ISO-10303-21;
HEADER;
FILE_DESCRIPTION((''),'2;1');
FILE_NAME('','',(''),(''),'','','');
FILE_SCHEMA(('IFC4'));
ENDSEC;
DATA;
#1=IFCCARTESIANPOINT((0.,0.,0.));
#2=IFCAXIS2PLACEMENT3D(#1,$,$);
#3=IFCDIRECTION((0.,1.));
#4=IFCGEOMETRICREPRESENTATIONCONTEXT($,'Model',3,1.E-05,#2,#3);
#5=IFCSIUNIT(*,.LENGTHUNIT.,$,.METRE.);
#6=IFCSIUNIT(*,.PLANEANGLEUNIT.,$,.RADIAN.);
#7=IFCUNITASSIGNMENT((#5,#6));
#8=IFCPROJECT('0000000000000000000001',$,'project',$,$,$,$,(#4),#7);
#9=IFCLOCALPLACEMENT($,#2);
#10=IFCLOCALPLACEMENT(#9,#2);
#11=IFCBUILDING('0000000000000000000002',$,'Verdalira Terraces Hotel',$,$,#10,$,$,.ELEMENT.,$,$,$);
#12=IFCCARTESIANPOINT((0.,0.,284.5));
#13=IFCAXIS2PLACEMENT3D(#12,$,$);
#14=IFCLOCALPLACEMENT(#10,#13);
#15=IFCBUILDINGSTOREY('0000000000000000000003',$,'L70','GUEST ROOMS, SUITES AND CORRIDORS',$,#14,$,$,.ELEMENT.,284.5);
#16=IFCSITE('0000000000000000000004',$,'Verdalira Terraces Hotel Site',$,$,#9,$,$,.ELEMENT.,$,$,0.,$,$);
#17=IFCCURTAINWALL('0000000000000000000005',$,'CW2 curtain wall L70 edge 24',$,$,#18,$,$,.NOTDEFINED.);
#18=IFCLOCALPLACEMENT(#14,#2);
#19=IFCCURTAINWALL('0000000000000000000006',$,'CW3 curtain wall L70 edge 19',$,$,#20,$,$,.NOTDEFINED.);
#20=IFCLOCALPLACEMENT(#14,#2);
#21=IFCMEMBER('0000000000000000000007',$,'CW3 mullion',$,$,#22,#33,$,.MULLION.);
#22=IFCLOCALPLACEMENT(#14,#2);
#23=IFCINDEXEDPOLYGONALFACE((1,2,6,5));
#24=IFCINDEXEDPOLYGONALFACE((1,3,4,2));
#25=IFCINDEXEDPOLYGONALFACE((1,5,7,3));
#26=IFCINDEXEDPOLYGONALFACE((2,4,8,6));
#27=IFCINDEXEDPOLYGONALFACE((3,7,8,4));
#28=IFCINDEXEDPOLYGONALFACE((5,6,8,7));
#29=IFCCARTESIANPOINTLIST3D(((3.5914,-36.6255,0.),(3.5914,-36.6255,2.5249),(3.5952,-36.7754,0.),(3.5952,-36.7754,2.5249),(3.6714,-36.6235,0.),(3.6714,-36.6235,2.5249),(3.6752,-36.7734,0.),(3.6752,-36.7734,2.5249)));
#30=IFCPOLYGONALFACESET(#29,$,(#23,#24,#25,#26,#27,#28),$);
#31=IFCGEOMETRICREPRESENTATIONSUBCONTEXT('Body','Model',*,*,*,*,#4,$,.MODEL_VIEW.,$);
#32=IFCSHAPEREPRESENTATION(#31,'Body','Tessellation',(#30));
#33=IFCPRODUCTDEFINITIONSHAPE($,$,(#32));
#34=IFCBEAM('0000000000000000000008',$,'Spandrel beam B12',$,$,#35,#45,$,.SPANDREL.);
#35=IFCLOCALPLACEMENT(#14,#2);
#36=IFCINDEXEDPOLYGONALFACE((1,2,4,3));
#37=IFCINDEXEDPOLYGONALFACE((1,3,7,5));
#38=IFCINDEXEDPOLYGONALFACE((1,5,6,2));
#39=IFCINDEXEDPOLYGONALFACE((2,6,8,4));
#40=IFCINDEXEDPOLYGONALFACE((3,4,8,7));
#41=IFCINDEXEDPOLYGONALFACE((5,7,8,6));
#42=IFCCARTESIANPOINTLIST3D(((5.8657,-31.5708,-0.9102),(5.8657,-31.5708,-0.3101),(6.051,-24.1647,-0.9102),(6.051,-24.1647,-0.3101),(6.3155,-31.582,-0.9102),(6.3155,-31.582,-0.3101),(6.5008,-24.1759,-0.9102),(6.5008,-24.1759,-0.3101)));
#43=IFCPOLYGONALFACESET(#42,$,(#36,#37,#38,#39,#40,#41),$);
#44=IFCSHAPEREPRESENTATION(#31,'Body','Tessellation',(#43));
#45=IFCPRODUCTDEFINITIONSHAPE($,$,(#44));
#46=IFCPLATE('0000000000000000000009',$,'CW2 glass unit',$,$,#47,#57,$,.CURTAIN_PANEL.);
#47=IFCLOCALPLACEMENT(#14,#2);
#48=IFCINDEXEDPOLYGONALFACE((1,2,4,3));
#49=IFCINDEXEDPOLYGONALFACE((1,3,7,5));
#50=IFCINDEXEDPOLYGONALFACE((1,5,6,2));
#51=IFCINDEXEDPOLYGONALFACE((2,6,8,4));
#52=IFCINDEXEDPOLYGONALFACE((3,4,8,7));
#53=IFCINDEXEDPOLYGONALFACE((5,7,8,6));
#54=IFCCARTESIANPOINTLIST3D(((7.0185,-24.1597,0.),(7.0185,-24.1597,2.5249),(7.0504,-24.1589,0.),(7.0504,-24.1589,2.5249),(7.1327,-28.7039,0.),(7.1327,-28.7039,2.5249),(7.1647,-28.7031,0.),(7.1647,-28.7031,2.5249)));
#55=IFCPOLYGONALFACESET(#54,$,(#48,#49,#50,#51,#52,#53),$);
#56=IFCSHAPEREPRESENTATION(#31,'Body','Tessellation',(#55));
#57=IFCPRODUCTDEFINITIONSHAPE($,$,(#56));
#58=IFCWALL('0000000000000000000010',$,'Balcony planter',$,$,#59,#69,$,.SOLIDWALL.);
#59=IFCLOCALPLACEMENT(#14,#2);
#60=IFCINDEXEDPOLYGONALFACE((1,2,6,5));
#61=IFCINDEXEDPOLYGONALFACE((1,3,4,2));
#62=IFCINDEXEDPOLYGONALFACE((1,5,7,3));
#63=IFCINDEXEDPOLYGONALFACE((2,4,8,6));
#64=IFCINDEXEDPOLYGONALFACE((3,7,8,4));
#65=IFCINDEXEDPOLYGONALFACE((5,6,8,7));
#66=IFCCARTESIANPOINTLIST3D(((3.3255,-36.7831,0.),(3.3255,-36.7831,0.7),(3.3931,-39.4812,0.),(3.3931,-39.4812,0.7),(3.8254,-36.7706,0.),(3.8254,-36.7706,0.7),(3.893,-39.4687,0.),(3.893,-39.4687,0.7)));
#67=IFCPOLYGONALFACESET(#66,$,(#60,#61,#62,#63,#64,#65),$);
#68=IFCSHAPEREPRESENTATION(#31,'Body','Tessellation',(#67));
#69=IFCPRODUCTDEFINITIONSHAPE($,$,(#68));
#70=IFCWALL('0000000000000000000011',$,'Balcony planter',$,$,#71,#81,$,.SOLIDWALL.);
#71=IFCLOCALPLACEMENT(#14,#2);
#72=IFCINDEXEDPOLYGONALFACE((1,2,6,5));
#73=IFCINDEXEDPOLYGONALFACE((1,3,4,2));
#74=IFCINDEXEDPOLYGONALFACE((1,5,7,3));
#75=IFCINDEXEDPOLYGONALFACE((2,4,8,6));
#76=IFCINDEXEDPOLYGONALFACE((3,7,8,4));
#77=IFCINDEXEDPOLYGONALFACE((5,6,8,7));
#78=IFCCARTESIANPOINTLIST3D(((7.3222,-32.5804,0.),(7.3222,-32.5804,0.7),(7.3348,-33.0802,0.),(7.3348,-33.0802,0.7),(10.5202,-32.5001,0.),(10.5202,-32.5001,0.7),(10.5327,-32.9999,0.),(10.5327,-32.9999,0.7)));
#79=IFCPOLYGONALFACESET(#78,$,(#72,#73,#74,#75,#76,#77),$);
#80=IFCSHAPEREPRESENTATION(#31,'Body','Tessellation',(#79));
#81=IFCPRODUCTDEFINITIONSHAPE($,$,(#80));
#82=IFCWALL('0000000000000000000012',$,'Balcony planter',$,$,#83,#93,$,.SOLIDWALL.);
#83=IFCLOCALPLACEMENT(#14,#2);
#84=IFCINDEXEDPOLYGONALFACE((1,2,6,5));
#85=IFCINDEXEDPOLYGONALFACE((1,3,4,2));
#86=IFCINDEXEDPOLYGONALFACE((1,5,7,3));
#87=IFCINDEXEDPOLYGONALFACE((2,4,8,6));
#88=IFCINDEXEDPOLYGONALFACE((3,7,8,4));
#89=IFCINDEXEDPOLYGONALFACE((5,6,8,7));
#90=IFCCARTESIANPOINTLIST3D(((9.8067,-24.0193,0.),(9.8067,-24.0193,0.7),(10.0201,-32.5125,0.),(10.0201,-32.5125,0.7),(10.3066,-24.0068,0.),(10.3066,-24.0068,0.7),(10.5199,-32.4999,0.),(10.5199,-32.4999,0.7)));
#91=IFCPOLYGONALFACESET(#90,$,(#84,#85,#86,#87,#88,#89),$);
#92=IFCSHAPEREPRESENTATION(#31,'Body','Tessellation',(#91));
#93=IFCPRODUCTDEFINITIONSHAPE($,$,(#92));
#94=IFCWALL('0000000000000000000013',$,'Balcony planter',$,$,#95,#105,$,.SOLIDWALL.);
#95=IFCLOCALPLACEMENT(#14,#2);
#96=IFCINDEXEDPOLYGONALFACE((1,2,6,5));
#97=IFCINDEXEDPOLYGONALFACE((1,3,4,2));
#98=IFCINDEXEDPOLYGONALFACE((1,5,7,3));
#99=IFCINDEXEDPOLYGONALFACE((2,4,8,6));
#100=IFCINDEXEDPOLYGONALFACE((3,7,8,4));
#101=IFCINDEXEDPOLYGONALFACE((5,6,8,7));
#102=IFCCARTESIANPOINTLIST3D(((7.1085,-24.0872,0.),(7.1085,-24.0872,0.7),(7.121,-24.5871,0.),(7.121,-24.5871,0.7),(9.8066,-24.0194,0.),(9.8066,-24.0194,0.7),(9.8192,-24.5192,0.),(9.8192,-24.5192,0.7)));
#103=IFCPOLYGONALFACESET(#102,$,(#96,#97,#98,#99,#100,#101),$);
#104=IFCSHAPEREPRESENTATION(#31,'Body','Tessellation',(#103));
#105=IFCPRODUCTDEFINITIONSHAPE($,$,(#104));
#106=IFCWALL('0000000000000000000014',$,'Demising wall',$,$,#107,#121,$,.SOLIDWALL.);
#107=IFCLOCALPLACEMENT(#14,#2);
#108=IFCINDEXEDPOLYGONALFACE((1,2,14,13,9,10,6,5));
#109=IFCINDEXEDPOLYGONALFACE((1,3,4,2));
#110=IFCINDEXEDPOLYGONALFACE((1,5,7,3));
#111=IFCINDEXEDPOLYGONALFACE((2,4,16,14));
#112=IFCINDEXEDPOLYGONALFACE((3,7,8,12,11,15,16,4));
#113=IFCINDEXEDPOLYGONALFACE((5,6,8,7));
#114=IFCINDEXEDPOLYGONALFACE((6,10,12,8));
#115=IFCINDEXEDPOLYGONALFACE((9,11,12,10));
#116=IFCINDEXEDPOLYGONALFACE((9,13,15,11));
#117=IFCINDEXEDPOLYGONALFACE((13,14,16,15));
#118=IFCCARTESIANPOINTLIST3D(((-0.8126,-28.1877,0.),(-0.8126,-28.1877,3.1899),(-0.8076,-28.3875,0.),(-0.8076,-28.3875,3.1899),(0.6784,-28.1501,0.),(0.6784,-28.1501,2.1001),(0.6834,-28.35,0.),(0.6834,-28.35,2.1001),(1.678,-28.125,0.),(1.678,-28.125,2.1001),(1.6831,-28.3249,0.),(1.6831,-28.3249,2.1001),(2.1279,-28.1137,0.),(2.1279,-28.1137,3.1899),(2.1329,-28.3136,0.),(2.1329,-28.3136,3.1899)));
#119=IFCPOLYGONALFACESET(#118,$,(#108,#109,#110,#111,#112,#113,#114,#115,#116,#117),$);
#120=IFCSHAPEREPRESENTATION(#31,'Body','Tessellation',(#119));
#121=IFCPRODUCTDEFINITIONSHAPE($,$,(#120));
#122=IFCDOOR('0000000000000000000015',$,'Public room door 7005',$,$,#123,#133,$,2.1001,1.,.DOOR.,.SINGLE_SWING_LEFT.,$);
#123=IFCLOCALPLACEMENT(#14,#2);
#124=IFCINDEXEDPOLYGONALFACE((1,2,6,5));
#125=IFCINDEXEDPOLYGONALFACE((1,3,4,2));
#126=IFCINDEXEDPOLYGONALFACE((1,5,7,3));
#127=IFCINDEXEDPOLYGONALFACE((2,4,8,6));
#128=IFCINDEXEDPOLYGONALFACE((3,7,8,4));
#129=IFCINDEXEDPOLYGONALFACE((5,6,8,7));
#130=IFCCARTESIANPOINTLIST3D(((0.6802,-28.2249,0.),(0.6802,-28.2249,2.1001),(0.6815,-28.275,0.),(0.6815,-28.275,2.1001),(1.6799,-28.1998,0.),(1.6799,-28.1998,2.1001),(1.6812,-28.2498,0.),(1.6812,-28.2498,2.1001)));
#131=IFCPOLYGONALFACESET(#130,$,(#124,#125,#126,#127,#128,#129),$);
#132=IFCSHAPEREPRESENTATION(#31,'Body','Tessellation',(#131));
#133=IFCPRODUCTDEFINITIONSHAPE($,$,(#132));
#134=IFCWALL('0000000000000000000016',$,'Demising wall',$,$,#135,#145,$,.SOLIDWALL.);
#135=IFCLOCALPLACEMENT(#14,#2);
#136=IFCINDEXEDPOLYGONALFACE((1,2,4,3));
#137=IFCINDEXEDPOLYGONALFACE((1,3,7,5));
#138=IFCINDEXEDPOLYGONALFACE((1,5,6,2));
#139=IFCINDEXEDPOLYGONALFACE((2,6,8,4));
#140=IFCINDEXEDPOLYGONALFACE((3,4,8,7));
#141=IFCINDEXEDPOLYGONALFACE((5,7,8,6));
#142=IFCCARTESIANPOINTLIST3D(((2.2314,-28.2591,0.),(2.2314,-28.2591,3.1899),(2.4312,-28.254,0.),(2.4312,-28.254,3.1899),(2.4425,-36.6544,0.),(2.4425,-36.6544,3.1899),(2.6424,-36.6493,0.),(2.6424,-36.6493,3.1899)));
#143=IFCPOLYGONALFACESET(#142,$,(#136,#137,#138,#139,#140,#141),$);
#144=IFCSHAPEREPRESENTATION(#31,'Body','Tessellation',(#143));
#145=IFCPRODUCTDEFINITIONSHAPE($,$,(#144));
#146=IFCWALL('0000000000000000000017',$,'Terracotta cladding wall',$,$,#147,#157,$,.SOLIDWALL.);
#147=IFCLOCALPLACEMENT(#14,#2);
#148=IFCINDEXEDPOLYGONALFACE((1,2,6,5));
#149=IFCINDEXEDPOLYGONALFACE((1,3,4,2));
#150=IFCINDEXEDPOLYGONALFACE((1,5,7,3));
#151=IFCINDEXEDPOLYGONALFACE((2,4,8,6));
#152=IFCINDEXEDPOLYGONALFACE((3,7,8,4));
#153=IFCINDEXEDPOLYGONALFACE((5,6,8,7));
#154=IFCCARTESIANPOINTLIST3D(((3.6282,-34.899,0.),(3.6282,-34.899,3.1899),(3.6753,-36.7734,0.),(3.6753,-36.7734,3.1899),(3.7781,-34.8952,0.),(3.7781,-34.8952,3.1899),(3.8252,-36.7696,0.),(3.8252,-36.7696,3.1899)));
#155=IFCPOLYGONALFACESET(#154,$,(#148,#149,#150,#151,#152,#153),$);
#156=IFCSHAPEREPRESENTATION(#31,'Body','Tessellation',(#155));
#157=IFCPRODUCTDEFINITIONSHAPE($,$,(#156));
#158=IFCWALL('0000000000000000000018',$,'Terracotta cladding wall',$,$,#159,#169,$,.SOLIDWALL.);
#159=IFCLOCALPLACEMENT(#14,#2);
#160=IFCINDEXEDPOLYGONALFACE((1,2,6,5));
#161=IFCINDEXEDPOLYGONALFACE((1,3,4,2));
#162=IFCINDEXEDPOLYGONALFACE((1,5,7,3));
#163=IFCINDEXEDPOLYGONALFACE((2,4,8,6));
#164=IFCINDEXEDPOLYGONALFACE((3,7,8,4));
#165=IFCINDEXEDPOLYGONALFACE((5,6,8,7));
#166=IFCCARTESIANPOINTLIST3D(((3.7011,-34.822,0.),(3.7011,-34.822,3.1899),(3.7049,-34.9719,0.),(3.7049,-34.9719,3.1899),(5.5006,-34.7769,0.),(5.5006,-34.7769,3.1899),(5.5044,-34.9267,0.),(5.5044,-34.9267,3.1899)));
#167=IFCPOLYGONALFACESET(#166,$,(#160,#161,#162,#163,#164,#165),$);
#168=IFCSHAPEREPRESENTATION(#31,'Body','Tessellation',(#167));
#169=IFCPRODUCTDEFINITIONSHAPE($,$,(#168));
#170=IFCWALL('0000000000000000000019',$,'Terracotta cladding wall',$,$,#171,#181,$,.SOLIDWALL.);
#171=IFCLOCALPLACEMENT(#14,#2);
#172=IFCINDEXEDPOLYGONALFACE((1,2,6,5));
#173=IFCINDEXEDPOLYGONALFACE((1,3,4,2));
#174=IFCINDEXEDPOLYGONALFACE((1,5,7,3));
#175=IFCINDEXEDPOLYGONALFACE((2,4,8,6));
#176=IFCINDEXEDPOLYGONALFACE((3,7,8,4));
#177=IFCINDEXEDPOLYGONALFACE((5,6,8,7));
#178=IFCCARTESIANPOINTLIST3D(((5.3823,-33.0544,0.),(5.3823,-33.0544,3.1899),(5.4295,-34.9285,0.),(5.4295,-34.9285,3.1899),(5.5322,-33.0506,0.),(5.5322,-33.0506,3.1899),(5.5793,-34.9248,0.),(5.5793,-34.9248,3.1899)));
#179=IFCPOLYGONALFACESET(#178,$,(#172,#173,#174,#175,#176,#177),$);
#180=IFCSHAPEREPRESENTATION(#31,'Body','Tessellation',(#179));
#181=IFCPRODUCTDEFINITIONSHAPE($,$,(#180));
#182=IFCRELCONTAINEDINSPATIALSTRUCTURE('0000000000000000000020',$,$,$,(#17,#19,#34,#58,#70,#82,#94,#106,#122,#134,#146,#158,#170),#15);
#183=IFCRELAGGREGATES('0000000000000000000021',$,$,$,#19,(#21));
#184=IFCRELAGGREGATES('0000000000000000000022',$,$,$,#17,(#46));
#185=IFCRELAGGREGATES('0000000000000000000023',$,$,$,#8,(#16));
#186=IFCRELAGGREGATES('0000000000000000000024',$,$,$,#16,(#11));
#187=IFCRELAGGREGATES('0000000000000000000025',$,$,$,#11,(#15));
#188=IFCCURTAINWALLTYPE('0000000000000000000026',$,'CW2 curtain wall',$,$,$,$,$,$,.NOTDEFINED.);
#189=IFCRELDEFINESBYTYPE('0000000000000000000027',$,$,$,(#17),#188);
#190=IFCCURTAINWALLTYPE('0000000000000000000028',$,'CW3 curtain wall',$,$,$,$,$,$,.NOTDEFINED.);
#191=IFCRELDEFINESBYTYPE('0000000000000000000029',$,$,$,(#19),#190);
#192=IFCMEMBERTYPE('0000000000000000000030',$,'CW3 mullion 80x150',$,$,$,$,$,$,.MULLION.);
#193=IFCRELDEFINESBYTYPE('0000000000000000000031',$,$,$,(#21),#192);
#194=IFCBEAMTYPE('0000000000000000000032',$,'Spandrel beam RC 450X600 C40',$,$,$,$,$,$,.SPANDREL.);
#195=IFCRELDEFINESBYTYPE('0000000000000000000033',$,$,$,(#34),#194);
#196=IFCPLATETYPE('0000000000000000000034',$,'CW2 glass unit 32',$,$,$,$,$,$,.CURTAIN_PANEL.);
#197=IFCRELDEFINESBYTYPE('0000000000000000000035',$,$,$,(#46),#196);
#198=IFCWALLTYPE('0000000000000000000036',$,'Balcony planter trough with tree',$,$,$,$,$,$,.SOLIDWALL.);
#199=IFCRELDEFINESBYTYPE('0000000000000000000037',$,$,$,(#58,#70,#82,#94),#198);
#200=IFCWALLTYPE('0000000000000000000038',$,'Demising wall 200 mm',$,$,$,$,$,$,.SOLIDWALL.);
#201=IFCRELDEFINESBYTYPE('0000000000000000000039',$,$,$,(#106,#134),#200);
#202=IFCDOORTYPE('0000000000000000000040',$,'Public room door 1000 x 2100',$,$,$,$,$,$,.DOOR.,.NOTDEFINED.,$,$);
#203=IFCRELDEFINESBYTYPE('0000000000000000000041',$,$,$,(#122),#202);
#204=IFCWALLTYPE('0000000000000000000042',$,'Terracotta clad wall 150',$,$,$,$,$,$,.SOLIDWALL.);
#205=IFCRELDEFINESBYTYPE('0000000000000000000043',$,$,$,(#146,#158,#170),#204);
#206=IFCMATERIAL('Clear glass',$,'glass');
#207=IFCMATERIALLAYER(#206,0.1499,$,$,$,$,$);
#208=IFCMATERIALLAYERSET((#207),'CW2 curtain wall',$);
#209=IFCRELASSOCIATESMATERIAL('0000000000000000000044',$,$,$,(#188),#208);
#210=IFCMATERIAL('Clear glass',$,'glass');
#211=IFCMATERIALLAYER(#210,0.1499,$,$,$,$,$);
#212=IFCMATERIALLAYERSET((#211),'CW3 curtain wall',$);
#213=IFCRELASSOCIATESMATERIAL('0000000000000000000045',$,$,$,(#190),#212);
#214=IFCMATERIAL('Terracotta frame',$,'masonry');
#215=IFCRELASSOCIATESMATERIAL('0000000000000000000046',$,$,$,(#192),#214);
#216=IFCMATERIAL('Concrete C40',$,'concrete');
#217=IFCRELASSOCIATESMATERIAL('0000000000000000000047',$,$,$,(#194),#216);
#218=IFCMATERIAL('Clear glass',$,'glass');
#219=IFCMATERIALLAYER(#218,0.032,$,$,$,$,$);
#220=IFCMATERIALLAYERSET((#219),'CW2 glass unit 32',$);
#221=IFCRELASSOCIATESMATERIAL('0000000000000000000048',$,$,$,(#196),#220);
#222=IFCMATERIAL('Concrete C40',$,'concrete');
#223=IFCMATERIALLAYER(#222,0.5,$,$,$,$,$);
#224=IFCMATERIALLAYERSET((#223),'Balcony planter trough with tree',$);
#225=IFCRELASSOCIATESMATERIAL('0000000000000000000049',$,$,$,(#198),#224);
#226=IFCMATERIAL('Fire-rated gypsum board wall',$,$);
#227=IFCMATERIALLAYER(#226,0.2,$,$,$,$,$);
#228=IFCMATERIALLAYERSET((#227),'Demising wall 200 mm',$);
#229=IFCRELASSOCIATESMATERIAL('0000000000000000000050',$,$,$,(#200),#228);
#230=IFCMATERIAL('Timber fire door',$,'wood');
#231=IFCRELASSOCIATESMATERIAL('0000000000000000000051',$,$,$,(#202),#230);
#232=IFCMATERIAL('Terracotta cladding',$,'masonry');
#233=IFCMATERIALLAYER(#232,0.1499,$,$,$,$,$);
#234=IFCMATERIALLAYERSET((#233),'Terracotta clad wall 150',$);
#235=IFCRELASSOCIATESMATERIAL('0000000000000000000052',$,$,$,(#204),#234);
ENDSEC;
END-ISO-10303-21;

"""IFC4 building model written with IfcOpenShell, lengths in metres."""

from ifc_helpers import new_model, si_unit, direction, frame, frame_2d, origin, origin_2d, place, context, subcontext, project, spatial, rectangle, extrude, material, layer, layer_set, material_profile, profile_set, type_object, element, fill, aggregate, save


model = new_model("IFC4")

# Units and contexts
model_context = context("Model", 3, precision=1e-05, world=origin(), true_north=direction((0.0, 1.0)))
body_context = subcontext(model_context, "Body", "Model", "MODEL_VIEW")
ifc_project = project(units=[si_unit("LENGTHUNIT", "METRE"), si_unit("PLANEANGLEUNIT", "RADIAN")], contexts=[model_context])

# Site, building, storey
site_placement = place(None, origin())
site = spatial("IfcSite", under=ifc_project, at=site_placement, Name="Verdalira Terraces Hotel Site", CompositionType="ELEMENT", RefElevation=0.0)
building_placement = place(site_placement, origin())
building = spatial("IfcBuilding", under=site, at=building_placement, Name="Verdalira Terraces Hotel", CompositionType="ELEMENT")
storey_placement = place(building_placement, frame((0.0, 0.0, 284.5)))
storey = spatial("IfcBuildingStorey", under=building, at=storey_placement, Name="L70", Description="GUEST ROOMS, SUITES AND CORRIDORS", CompositionType="ELEMENT", Elevation=284.5)

# Curtain wall
ifc_material_1 = material(Name="Clear glass", Category="glass")
ifc_layer_1 = layer(ifc_material_1, 0.1499)
ifc_layer_set_1 = layer_set([ifc_layer_1], Name="CW2 curtain wall")
curtain_wall_type_1 = type_object("IfcCurtainWallType", Name="CW2 curtain wall", PredefinedType="NOTDEFINED", material=ifc_layer_set_1)
curtain_wall_1_placement = place(storey_placement, origin())
curtain_wall_1 = element("IfcCurtainWall", 1, at=curtain_wall_1_placement, inside=storey, type_object=curtain_wall_type_1, Name="CW2 curtain wall L70 edge 24", PredefinedType="NOTDEFINED")

# Curtain wall, member
ifc_material_2 = material(Name="Clear glass", Category="glass")
ifc_layer_2 = layer(ifc_material_2, 0.1499)
ifc_layer_set_2 = layer_set([ifc_layer_2], Name="CW3 curtain wall")
curtain_wall_type_2 = type_object("IfcCurtainWallType", Name="CW3 curtain wall", PredefinedType="NOTDEFINED", material=ifc_layer_set_2)
curtain_wall_2_placement = place(storey_placement, origin())
curtain_wall_2 = element("IfcCurtainWall", 2, at=curtain_wall_2_placement, inside=storey, type_object=curtain_wall_type_2, Name="CW3 curtain wall L70 edge 19", PredefinedType="NOTDEFINED")
ifc_material_3 = material(Name="Terracotta frame", Category="masonry")
ifc_material_profile_1 = material_profile(ifc_material_3, rectangle(XDim=0.0801, YDim=0.1499, at=origin_2d()), Name="MU 80x150")
ifc_profile_set_1 = profile_set([ifc_material_profile_1], Name="Terracotta frame")
member_type_1 = type_object("IfcMemberType", Name="CW3 mullion 80x150", PredefinedType="MULLION", material=ifc_profile_set_1)
member_1_placement = place(storey_placement, frame((3.6333, -36.6995, 0.0), z_axis=(0.0, 0.0, 1.0), x_axis=(0.999684, 0.02513, 0.0)))
member_1 = element("IfcMember", 3, at=member_1_placement, type_object=member_type_1, Name="CW3 mullion", PredefinedType="MULLION", context=body_context, shape_type="SweptSolid", body=[
    extrude(rectangle(XDim=0.0801, YDim=0.1499, at=origin_2d()), origin(), (0.0, 0.0, 1.0), 2.5249),
])
aggregate(curtain_wall_2, [member_1])

# Beam
ifc_material_4 = material(Name="Concrete C40", Category="concrete")
ifc_material_profile_2 = material_profile(ifc_material_4, rectangle(XDim=0.45, YDim=0.6001, at=origin_2d()), Name="RC 450X600")
ifc_profile_set_2 = profile_set([ifc_material_profile_2], Name="Concrete C40")
beam_type_1 = type_object("IfcBeamType", Name="Spandrel beam RC 450X600 C40", PredefinedType="SPANDREL", material=ifc_profile_set_2)
beam_1_placement = place(storey_placement, frame((6.0906, -31.5764, -0.6101), z_axis=(0.025012, 0.999687, 0.0), x_axis=(-0.999687, 0.025012, 0.0)))
element("IfcBeam", 4, at=beam_1_placement, inside=storey, type_object=beam_type_1, Name="Spandrel beam B12", PredefinedType="SPANDREL", context=body_context, shape_type="SweptSolid", body=[
    extrude(rectangle(XDim=0.45, YDim=0.6001, at=origin_2d()), origin(), (0.0, 0.0, 1.0), 7.4084),
])

# Plate
ifc_material_5 = material(Name="Clear glass", Category="glass")
ifc_layer_3 = layer(ifc_material_5, 0.032)
ifc_layer_set_3 = layer_set([ifc_layer_3], Name="CW2 glass unit 32")
plate_type = type_object("IfcPlateType", Name="CW2 glass unit 32", PredefinedType="CURTAIN_PANEL", material=ifc_layer_set_3)
plate_placement = place(storey_placement, frame((7.0916, -26.4314, 0.0), z_axis=(0.0, 0.0, 1.0), x_axis=(-0.02513, 0.999684, 0.0)))
plate = element("IfcPlate", 5, at=plate_placement, type_object=plate_type, Name="CW2 glass unit", PredefinedType="CURTAIN_PANEL", context=body_context, shape_type="SweptSolid", body=[
    extrude(rectangle(XDim=4.5457, YDim=0.032, at=origin_2d()), origin(), (0.0, 0.0, 1.0), 2.5249),
])
aggregate(curtain_wall_1, [plate])

# Walls
ifc_material_6 = material(Name="Concrete C40", Category="concrete")
ifc_layer_4 = layer(ifc_material_6, 0.5)
ifc_layer_set_4 = layer_set([ifc_layer_4], Name="Balcony planter trough with tree")
wall_type_1 = type_object("IfcWallType", Name="Balcony planter trough with tree", PredefinedType="SOLIDWALL", material=ifc_layer_set_4)
wall_1_placement = place(storey_placement, frame((3.6431, -39.4751, 0.0), z_axis=(0.0, 0.0, 1.0), x_axis=(-0.025055, 0.999686, 0.0)))
element("IfcWall", 6, at=wall_1_placement, inside=storey, type_object=wall_type_1, Name="Balcony planter", PredefinedType="SOLIDWALL", context=body_context, shape_type="SweptSolid", body=[
    extrude(rectangle(XDim=2.699, YDim=0.5, at=frame_2d((1.3496, 0.0))), origin(), (0.0, 0.0, 1.0), 0.7),
])
wall_2_placement = place(storey_placement, frame((7.3284, -32.8303, 0.0), z_axis=(0.0, 0.0, 1.0), x_axis=(0.999685, 0.025109, 0.0)))
element("IfcWall", 7, at=wall_2_placement, inside=storey, type_object=wall_type_1, Name="Balcony planter", PredefinedType="SOLIDWALL", context=body_context, shape_type="SweptSolid", body=[
    extrude(rectangle(XDim=3.199, YDim=0.5, at=frame_2d((1.5996, 0.0))), origin(), (0.0, 0.0, 1.0), 0.7),
])
wall_3_placement = place(storey_placement, frame((10.27, -32.5063, 0.0), z_axis=(0.0, 0.0, 1.0), x_axis=(-0.025116, 0.999685, 0.0)))
element("IfcWall", 8, at=wall_3_placement, inside=storey, type_object=wall_type_1, Name="Balcony planter", PredefinedType="SOLIDWALL", context=body_context, shape_type="SweptSolid", body=[
    extrude(rectangle(XDim=8.4959, YDim=0.5, at=frame_2d((4.248, 0.0))), origin(), (0.0, 0.0, 1.0), 0.7),
])
wall_4_placement = place(storey_placement, frame((9.813, -24.2693, 0.0), z_axis=(0.0, 0.0, 1.0), x_axis=(-0.999684, -0.025146, 0.0)))
element("IfcWall", 9, at=wall_4_placement, inside=storey, type_object=wall_type_1, Name="Balcony planter", PredefinedType="SOLIDWALL", context=body_context, shape_type="SweptSolid", body=[
    extrude(rectangle(XDim=2.699, YDim=0.5, at=frame_2d((1.3496, 0.0))), origin(), (0.0, 0.0, 1.0), 0.7),
])

# Wall, opening, door
ifc_material_7 = material(Name="Fire-rated gypsum board wall")
ifc_layer_5 = layer(ifc_material_7, 0.2)
ifc_layer_set_5 = layer_set([ifc_layer_5], Name="Demising wall 200 mm")
wall_type_2 = type_object("IfcWallType", Name="Demising wall 200 mm", PredefinedType="SOLIDWALL", material=ifc_layer_set_5)
wall_5_placement = place(storey_placement, frame((2.1304, -28.2136, 0.0), z_axis=(0.0, 0.0, 1.0), x_axis=(-0.999684, -0.02515, 0.0)))
wall_5 = element("IfcWall", 10, at=wall_5_placement, inside=storey, type_object=wall_type_2, Name="Demising wall", PredefinedType="SOLIDWALL", context=body_context, shape_type="SweptSolid", body=[
    extrude(rectangle(XDim=2.9414, YDim=0.2, at=frame_2d((1.4707, 0.0))), origin(), (0.0, 0.0, 1.0), 3.1899),
])
opening_1_placement = place(wall_5_placement, frame((0.45, 0.0, 0.0)))
opening_1 = element("IfcOpeningElement", 11, at=opening_1_placement, cuts=wall_5, PredefinedType="OPENING", context=body_context, shape_type="SweptSolid", body=[
    extrude(rectangle(XDim=1.0, YDim=2.1001, at=frame_2d((0.5, 1.05))), frame((0.0, 0.1099, 0.0), z_axis=(0.0, -1.0, 0.0), x_axis=(1.0, 0.0, 0.0)), (0.0, 0.0, 1.0), 0.22),
])
ifc_material_8 = material(Name="Timber fire door", Category="wood")
door_type_1 = type_object("IfcDoorType", Name="Public room door 1000 x 2100", OperationType="NOTDEFINED", PredefinedType="DOOR", material=ifc_material_8)
door_1_placement = place(opening_1_placement, origin())
door_1 = element("IfcDoor", 12, at=door_1_placement, inside=storey, type_object=door_type_1, Name="Public room door 7005", OperationType="SINGLE_SWING_LEFT", OverallHeight=2.1001, OverallWidth=1.0, PredefinedType="DOOR", context=body_context, shape_type="SweptSolid", body=[
    extrude(rectangle(XDim=1.0, YDim=2.1001, at=frame_2d((0.5, 1.05))), frame((0.0, 0.0249, 0.0), z_axis=(0.0, -1.0, 0.0), x_axis=(1.0, 0.0, 0.0)), (0.0, 0.0, 1.0), 0.05),
])
fill(opening_1, door_1)

# Walls
wall_6_placement = place(storey_placement, frame((2.5425, -36.6519, 0.0), z_axis=(0.0, 0.0, 1.0), x_axis=(-0.025147, 0.999684, 0.0)))
element("IfcWall", 13, at=wall_6_placement, inside=storey, type_object=wall_type_2, Name="Demising wall", PredefinedType="SOLIDWALL", context=body_context, shape_type="SweptSolid", body=[
    extrude(rectangle(XDim=8.3979, YDim=0.2, at=frame_2d((4.199, 0.0))), origin(), (0.0, 0.0, 1.0), 3.1899),
])
ifc_material_9 = material(Name="Terracotta cladding", Category="masonry")
ifc_layer_6 = layer(ifc_material_9, 0.1499)
ifc_layer_set_6 = layer_set([ifc_layer_6], Name="Terracotta clad wall 150")
wall_type_3 = type_object("IfcWallType", Name="Terracotta clad wall 150", PredefinedType="SOLIDWALL", material=ifc_layer_set_6)
wall_7_placement = place(storey_placement, frame((3.7502, -36.7715, 0.0), z_axis=(0.0, 0.0, 1.0), x_axis=(-0.025129, 0.999684, 0.0)))
element("IfcWall", 14, at=wall_7_placement, inside=storey, type_object=wall_type_3, Name="Terracotta cladding wall", PredefinedType="SOLIDWALL", context=body_context, shape_type="SweptSolid", body=[
    extrude(rectangle(XDim=1.875, YDim=0.1499, at=frame_2d((0.9375, 0.0))), origin(), (0.0, 0.0, 1.0), 3.1899),
])
wall_8_placement = place(storey_placement, frame((3.7031, -34.897, 0.0), z_axis=(0.0, 0.0, 1.0), x_axis=(0.999685, 0.02509, 0.0)))
element("IfcWall", 15, at=wall_8_placement, inside=storey, type_object=wall_type_3, Name="Terracotta cladding wall", PredefinedType="SOLIDWALL", context=body_context, shape_type="SweptSolid", body=[
    extrude(rectangle(XDim=1.8, YDim=0.1499, at=frame_2d((0.8999, 0.0))), origin(), (0.0, 0.0, 1.0), 3.1899),
])
wall_9_placement = place(storey_placement, frame((5.5044, -34.9268, 0.0), z_axis=(0.0, 0.0, 1.0), x_axis=(-0.025132, 0.999684, 0.0)))
element("IfcWall", 16, at=wall_9_placement, inside=storey, type_object=wall_type_3, Name="Terracotta cladding wall", PredefinedType="SOLIDWALL", context=body_context, shape_type="SweptSolid", body=[
    extrude(rectangle(XDim=1.8748, YDim=0.1499, at=frame_2d((0.9375, 0.0))), origin(), (0.0, 0.0, 1.0), 3.1899),
])

save(model, "model.ifc")
